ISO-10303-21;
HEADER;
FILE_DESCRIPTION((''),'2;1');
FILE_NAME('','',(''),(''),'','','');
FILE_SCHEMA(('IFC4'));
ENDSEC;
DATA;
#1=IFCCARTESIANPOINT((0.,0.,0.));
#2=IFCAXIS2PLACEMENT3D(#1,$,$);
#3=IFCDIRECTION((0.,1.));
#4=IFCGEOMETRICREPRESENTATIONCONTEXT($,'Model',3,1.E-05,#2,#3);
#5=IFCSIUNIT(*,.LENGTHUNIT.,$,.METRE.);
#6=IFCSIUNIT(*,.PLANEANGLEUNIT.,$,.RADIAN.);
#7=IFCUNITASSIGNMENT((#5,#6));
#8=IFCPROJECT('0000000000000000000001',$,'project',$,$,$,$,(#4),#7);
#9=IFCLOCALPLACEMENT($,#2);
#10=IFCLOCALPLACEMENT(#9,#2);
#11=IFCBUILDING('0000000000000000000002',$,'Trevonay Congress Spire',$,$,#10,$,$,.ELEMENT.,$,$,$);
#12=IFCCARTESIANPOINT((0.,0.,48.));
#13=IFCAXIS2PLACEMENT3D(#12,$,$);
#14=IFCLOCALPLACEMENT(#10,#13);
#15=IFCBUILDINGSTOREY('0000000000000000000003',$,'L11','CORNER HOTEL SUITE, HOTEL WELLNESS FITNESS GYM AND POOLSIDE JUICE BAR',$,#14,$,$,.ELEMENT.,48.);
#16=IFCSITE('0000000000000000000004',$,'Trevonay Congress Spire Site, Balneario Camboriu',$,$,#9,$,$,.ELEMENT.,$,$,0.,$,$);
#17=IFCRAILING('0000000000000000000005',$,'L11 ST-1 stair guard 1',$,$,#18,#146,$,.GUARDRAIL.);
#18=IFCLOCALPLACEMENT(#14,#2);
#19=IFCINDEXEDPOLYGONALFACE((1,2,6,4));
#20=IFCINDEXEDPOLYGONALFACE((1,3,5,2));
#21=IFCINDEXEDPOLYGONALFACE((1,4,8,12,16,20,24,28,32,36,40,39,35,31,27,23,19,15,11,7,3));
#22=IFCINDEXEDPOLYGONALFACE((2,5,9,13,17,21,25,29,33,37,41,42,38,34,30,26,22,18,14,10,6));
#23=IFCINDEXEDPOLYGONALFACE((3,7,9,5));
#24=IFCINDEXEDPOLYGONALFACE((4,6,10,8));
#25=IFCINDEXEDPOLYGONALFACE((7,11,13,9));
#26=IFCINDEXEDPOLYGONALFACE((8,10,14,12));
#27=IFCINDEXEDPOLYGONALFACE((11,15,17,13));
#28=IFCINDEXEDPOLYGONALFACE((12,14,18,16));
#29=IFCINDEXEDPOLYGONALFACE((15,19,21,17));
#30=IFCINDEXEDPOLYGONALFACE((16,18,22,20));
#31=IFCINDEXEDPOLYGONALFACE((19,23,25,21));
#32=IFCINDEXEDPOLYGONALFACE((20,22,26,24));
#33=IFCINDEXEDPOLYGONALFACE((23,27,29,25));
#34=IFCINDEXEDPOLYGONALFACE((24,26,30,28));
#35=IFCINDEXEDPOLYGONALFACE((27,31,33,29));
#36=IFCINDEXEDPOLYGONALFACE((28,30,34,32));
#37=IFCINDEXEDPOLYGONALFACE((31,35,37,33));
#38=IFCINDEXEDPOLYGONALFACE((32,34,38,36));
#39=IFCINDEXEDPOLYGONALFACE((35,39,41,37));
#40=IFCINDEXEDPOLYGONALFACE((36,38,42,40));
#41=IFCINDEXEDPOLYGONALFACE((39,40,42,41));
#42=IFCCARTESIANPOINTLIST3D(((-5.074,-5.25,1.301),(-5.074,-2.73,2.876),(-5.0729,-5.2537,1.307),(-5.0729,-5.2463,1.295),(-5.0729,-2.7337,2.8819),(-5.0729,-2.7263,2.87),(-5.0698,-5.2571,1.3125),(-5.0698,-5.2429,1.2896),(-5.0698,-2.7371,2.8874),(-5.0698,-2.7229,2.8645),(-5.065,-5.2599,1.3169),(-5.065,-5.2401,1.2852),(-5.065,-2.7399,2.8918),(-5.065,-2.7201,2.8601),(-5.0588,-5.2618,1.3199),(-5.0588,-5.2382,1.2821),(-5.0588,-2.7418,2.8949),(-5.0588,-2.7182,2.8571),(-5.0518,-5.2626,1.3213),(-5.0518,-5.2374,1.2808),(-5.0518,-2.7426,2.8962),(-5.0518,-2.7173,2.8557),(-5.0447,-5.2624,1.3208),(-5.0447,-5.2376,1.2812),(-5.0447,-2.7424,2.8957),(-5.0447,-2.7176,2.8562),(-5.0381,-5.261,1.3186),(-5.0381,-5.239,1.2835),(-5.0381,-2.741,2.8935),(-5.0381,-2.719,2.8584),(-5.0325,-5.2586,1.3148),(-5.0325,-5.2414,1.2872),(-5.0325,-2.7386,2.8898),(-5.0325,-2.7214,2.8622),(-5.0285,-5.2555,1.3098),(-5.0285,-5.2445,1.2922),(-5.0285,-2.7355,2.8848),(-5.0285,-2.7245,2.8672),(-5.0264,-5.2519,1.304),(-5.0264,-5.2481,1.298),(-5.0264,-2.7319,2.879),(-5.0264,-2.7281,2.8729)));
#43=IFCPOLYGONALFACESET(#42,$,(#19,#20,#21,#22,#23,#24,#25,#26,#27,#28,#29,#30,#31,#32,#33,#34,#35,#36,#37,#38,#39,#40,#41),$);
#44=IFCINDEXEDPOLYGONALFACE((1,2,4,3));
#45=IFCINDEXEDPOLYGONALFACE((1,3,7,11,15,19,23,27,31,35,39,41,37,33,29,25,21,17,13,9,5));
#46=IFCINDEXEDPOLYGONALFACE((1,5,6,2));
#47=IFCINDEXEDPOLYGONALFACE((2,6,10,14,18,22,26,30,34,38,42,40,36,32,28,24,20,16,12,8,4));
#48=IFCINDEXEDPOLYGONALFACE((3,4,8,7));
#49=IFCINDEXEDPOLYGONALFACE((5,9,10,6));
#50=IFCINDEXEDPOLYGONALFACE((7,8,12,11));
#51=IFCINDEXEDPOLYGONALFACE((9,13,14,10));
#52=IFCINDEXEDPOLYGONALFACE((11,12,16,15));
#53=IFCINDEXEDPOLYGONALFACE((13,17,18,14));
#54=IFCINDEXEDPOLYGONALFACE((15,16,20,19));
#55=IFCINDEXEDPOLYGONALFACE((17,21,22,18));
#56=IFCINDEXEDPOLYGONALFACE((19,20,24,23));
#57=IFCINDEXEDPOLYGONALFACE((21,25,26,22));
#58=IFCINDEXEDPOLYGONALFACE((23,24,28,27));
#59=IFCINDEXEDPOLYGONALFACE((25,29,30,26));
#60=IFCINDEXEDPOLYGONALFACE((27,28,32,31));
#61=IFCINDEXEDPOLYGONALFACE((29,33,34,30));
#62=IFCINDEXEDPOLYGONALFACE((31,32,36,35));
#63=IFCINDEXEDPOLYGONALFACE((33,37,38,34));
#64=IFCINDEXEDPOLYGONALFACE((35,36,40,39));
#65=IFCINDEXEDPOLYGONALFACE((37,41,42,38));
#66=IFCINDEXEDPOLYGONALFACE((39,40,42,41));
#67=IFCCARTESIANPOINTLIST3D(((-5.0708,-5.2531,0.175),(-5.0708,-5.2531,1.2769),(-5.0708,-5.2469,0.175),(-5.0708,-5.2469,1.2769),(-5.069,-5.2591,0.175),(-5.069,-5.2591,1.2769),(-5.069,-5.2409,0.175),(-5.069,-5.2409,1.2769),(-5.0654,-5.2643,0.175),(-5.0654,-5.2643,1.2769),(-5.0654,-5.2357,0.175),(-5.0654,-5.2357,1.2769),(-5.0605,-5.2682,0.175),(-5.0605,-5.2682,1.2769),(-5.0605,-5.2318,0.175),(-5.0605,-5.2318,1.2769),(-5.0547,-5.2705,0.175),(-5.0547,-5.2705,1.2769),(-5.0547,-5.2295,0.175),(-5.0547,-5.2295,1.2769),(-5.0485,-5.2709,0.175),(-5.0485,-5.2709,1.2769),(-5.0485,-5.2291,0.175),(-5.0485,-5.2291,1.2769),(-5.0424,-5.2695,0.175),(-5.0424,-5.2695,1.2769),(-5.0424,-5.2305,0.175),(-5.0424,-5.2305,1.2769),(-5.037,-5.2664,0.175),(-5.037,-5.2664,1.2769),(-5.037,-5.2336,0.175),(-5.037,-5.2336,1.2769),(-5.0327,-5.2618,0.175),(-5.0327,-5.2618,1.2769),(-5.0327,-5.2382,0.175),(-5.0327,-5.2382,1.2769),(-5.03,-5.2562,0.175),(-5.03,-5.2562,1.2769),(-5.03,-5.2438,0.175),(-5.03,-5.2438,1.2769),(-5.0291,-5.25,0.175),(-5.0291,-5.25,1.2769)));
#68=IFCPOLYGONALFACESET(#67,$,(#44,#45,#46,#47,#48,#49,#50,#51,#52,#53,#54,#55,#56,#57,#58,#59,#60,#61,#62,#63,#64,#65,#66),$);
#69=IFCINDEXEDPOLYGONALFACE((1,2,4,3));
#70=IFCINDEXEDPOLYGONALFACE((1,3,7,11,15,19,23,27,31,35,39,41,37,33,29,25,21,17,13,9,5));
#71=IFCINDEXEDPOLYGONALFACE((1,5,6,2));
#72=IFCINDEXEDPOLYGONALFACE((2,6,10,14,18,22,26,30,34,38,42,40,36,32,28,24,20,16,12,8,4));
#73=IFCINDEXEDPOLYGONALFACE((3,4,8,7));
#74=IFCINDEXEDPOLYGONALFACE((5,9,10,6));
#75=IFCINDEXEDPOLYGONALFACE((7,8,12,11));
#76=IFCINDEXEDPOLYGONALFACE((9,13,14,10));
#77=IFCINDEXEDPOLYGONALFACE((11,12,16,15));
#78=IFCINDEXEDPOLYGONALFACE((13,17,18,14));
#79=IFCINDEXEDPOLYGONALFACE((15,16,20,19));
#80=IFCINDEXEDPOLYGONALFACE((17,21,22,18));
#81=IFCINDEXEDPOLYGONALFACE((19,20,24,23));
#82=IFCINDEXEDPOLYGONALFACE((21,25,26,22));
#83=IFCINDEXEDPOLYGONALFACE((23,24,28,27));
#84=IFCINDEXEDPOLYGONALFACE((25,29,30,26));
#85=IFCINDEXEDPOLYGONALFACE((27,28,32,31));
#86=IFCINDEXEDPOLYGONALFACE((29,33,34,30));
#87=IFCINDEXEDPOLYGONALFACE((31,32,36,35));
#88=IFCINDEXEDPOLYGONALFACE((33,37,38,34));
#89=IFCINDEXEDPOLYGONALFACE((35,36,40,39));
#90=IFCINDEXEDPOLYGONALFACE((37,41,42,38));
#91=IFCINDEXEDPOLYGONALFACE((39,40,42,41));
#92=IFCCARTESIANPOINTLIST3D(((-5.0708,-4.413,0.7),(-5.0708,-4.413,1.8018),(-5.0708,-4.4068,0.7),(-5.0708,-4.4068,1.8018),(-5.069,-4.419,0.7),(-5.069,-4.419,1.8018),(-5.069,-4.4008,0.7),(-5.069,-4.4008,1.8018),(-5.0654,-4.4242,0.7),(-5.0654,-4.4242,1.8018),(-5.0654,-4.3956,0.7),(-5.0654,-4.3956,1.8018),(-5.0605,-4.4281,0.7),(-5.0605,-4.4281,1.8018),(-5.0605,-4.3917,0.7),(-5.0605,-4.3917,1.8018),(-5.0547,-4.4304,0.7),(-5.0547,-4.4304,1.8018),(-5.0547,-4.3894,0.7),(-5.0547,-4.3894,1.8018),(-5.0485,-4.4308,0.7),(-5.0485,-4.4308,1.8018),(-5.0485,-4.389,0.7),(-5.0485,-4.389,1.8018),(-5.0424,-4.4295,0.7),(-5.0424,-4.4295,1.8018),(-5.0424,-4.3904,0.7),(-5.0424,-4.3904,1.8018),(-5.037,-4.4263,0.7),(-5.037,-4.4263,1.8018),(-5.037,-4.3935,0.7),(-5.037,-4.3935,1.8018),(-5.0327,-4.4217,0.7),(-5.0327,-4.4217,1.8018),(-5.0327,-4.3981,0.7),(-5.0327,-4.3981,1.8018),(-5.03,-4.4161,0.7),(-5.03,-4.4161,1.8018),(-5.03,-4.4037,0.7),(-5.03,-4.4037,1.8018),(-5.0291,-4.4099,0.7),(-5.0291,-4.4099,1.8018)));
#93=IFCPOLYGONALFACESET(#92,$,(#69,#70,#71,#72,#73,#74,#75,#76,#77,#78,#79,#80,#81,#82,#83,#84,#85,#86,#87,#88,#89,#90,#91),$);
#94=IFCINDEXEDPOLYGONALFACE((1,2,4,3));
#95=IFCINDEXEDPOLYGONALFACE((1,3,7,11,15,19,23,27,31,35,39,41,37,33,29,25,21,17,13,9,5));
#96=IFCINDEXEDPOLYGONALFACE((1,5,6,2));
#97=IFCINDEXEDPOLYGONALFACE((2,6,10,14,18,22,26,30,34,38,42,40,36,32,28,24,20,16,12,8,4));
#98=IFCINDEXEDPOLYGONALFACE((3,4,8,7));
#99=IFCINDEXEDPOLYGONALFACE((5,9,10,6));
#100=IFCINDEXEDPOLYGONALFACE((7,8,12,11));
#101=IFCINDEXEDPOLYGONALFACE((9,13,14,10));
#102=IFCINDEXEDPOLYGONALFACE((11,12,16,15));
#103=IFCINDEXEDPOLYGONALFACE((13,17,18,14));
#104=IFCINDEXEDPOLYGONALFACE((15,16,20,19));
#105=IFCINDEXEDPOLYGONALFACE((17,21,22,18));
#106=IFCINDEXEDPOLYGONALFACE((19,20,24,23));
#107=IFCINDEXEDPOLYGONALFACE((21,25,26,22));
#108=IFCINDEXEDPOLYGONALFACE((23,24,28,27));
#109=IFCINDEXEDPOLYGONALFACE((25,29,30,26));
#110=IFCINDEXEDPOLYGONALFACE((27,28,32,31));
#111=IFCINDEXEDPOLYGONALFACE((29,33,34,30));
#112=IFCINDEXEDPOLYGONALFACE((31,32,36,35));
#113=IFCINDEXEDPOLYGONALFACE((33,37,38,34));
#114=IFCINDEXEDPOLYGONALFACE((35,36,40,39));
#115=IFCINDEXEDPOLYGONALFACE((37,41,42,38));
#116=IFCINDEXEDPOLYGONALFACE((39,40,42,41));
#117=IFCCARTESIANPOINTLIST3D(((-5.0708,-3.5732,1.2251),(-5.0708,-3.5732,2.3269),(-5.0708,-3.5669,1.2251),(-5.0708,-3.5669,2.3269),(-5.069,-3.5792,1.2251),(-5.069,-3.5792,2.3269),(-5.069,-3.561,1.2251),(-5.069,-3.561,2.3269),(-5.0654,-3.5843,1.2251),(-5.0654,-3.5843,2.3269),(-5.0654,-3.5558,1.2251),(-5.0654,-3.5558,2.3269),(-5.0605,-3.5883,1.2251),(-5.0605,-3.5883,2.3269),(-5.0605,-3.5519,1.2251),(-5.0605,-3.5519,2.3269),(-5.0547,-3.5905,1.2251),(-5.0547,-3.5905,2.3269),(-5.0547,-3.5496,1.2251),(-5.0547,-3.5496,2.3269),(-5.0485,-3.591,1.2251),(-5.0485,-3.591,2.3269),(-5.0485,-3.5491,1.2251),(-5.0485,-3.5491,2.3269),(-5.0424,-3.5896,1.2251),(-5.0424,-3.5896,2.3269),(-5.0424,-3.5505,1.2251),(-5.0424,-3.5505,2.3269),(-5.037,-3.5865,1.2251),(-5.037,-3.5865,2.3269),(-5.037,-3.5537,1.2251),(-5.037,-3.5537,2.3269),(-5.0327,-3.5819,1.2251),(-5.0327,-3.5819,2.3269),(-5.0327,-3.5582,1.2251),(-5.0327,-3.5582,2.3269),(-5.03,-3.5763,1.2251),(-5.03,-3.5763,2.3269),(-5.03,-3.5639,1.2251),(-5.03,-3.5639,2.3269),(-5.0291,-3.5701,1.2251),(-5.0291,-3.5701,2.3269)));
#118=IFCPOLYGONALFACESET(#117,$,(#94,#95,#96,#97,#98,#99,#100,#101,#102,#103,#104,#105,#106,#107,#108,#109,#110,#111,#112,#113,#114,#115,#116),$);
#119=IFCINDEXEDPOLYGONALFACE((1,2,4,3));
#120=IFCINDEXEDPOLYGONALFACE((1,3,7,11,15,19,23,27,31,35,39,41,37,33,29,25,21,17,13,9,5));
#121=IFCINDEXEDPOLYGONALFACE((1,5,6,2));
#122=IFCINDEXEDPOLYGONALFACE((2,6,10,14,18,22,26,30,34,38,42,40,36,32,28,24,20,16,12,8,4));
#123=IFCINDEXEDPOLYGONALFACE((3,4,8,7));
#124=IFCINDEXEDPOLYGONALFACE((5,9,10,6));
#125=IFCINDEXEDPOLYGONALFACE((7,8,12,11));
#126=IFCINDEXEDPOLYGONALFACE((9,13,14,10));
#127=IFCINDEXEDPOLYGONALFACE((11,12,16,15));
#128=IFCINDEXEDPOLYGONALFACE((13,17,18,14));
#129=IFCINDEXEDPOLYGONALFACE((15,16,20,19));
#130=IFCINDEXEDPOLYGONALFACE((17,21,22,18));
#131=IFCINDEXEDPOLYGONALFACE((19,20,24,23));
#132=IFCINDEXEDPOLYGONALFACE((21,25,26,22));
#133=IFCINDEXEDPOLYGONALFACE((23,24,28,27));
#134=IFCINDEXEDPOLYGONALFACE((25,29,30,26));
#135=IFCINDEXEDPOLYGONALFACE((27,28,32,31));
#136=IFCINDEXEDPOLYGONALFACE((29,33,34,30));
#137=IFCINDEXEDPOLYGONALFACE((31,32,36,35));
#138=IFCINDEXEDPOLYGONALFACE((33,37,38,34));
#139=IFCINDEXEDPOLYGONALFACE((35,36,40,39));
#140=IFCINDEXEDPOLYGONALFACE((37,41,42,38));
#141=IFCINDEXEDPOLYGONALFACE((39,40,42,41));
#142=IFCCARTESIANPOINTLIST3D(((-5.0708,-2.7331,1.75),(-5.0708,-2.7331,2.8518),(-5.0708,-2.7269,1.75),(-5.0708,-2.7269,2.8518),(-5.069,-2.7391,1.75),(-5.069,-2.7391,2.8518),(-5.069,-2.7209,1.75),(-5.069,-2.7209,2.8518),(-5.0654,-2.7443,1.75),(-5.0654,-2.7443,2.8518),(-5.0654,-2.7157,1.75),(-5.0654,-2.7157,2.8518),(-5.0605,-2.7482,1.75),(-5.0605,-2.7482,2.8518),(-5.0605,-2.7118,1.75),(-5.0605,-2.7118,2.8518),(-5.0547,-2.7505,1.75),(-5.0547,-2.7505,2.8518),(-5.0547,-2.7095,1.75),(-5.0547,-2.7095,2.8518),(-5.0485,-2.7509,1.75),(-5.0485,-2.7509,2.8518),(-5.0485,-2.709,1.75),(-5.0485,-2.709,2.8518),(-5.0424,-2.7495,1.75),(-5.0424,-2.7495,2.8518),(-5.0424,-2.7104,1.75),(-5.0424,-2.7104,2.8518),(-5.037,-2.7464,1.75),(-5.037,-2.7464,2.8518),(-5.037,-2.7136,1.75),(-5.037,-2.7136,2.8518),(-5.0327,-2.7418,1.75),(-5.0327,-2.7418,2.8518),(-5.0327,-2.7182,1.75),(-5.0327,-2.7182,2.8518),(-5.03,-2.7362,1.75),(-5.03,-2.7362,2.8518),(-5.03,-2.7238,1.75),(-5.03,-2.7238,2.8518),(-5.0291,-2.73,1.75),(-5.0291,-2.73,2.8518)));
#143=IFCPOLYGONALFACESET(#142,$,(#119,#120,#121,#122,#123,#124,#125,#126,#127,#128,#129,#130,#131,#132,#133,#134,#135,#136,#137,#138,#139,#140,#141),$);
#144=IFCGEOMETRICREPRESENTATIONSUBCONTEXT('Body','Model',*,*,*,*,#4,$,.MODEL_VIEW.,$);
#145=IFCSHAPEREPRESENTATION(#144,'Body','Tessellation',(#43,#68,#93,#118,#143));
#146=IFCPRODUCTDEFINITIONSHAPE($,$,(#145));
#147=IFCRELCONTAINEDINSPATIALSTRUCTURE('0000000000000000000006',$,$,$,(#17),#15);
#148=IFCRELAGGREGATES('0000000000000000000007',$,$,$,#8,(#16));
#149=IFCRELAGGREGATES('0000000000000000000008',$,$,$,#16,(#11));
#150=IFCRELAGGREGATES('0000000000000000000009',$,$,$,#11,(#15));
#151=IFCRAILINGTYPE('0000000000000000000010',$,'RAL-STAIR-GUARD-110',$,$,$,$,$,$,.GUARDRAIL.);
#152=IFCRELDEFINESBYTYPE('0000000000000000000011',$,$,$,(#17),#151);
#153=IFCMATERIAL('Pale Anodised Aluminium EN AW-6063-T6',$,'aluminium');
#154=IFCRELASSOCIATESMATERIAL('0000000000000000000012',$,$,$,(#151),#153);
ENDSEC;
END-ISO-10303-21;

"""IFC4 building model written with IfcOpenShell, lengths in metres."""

from ifc_helpers import new_model, si_unit, direction, frame, origin, origin_2d, place, context, subcontext, project, spatial, circle, extrude, material, type_object, element, save


model = new_model("IFC4")

# Units and contexts
model_context = context("Model", 3, precision=1e-05, world=origin(), true_north=direction((0.0, 1.0)))
body_context = subcontext(model_context, "Body", "Model", "MODEL_VIEW")
ifc_project = project(units=[si_unit("LENGTHUNIT", "METRE"), si_unit("PLANEANGLEUNIT", "RADIAN")], contexts=[model_context])

# Site, building, storey
site_placement = place(None, origin())
site = spatial("IfcSite", under=ifc_project, at=site_placement, Name="Trevonay Congress Spire Site, Balneario Camboriu", CompositionType="ELEMENT", RefElevation=0.0)
building_placement = place(site_placement, origin())
building = spatial("IfcBuilding", under=site, at=building_placement, Name="Trevonay Congress Spire", CompositionType="ELEMENT")
storey_placement = place(building_placement, frame((0.0, 0.0, 48.0)))
storey = spatial("IfcBuildingStorey", under=building, at=storey_placement, Name="L11", Description="CORNER HOTEL SUITE, HOTEL WELLNESS FITNESS GYM AND POOLSIDE JUICE BAR", CompositionType="ELEMENT", Elevation=48.0)

# Railing
ifc_material_1 = material(Name="Pale Anodised Aluminium EN AW-6063-T6", Category="aluminium")
railing_type_1 = type_object("IfcRailingType", Name="RAL-STAIR-GUARD-110", PredefinedType="GUARDRAIL", material=ifc_material_1)
railing_1_placement = place(storey_placement, frame((-5.05, -5.25, 0.175)))
element("IfcRailing", 1, at=railing_1_placement, inside=storey, type_object=railing_type_1, Name="L11 ST-1 stair guard 1", PredefinedType="GUARDRAIL", context=body_context, shape_type="SweptSolid", body=[
    extrude(circle(Radius=0.0239, at=origin_2d()), frame((0.0, 0.0, 1.126), z_axis=(0.0, 0.848008, 0.529984), x_axis=(-1.0, 0.0, 0.0)), (0.0, 0.0, 1.0), 2.9717),
    extrude(circle(Radius=0.021, at=origin_2d()), origin(), (0.0, 0.0, 1.0), 1.1018),
    extrude(circle(Radius=0.021, at=origin_2d()), frame((0.0, 0.8401, 0.5249)), (0.0, 0.0, 1.0), 1.1018),
    extrude(circle(Radius=0.021, at=origin_2d()), frame((0.0, 1.6799, 1.05)), (0.0, 0.0, 1.0), 1.1018),
    extrude(circle(Radius=0.021, at=origin_2d()), frame((0.0, 2.52, 1.575)), (0.0, 0.0, 1.0), 1.1018),
])

save(model, "model.ifc")
